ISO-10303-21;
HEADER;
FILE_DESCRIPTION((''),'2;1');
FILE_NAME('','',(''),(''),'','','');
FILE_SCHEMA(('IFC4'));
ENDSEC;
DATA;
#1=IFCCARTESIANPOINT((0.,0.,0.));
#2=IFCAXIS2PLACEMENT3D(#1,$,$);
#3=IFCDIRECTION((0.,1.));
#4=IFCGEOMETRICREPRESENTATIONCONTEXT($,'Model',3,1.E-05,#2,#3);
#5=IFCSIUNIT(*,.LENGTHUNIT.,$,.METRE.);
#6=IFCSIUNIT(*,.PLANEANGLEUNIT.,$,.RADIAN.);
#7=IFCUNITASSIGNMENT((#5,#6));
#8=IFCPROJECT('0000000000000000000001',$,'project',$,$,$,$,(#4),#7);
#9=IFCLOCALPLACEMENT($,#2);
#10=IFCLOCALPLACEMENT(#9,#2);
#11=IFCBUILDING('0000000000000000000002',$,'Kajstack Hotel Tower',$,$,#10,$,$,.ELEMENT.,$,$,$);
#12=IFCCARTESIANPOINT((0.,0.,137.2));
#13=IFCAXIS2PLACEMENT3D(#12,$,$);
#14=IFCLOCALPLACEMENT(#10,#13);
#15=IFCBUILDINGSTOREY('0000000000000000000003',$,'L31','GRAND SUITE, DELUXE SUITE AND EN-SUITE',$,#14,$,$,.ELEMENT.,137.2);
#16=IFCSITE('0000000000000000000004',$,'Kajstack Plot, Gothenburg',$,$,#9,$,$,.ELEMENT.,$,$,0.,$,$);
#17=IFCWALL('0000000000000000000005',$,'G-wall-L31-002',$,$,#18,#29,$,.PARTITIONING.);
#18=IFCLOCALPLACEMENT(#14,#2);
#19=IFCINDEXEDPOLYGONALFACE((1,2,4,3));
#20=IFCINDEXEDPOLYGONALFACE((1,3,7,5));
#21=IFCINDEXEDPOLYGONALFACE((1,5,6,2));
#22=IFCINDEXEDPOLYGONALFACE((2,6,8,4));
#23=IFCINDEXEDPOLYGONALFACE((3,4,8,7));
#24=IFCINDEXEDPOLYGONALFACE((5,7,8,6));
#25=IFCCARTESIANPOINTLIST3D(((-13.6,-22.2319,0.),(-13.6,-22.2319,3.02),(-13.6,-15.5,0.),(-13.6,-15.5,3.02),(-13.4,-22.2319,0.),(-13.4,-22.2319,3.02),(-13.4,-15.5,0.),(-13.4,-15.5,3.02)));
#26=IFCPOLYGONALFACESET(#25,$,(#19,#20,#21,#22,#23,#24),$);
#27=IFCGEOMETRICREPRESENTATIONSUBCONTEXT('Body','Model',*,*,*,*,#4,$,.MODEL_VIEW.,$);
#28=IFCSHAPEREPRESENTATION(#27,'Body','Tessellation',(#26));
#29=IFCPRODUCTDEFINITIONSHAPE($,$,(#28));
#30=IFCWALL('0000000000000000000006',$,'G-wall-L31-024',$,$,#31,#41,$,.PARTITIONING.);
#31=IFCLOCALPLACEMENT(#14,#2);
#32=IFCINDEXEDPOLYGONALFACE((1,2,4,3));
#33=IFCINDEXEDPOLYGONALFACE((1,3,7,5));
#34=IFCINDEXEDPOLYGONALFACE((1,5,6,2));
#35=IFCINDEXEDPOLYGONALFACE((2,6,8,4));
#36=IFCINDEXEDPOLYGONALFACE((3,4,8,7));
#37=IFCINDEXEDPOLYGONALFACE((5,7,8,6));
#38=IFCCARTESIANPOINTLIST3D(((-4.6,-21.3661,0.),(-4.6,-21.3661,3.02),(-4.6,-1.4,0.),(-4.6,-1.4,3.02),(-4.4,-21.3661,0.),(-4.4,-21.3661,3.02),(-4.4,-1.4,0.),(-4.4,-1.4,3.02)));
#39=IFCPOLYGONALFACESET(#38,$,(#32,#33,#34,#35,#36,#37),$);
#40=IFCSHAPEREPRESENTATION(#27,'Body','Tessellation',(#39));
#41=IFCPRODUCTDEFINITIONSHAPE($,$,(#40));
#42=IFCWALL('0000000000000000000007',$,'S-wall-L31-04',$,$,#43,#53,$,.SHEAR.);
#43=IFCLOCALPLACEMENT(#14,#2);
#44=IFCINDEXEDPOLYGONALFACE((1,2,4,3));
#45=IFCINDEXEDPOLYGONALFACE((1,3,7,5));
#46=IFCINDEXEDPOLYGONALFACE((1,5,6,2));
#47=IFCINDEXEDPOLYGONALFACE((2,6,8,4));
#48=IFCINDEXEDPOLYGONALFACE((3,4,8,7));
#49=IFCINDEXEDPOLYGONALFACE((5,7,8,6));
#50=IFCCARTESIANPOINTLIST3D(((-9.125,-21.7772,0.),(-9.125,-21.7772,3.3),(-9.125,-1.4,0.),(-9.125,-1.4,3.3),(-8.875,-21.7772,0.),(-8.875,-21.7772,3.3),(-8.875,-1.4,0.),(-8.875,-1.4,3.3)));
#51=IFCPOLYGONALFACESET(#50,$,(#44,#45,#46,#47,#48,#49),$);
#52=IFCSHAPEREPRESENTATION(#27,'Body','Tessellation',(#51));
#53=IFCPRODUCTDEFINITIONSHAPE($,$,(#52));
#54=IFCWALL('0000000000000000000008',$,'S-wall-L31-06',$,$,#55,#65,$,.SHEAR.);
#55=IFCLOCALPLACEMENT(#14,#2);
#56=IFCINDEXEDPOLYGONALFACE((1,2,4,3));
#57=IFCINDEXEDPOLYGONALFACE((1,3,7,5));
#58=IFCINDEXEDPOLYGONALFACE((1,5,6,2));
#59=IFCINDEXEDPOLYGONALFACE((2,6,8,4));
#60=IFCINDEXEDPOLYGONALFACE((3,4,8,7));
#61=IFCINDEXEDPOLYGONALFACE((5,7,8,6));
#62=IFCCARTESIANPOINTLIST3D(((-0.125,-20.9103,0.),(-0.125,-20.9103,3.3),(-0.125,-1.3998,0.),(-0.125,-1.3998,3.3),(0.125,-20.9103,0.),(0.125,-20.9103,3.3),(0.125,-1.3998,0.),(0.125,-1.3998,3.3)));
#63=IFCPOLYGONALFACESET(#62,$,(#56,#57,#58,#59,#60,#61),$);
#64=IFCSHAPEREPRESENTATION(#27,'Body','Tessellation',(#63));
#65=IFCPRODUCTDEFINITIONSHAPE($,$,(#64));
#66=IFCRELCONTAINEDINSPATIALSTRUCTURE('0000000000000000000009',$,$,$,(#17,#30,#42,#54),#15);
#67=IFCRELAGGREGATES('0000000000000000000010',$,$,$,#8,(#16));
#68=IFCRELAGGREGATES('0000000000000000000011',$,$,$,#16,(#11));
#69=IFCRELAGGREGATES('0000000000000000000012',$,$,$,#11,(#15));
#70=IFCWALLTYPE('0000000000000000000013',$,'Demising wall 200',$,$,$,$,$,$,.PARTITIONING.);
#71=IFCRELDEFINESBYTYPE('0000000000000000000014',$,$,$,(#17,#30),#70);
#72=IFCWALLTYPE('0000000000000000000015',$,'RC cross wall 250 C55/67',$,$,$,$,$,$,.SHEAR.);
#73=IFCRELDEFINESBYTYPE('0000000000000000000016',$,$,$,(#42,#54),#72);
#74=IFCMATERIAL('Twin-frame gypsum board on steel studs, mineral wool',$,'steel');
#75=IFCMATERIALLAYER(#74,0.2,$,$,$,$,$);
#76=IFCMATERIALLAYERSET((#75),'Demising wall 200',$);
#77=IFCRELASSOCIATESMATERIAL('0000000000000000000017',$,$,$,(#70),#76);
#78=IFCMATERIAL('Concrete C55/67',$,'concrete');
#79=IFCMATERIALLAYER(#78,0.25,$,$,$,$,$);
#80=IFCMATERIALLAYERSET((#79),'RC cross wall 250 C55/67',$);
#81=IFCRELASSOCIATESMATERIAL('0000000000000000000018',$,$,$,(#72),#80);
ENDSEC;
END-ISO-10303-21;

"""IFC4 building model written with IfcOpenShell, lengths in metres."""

from ifc_helpers import new_model, si_unit, direction, frame, frame_2d, origin, place, context, subcontext, project, spatial, rectangle, extrude, material, layer, layer_set, type_object, element, save


model = new_model("IFC4")

# Units and contexts
model_context = context("Model", 3, precision=1e-05, world=origin(), true_north=direction((0.0, 1.0)))
body_context = subcontext(model_context, "Body", "Model", "MODEL_VIEW")
ifc_project = project(units=[si_unit("LENGTHUNIT", "METRE"), si_unit("PLANEANGLEUNIT", "RADIAN")], contexts=[model_context])

# Site, building, storey
site_placement = place(None, origin())
site = spatial("IfcSite", under=ifc_project, at=site_placement, Name="Kajstack Plot, Gothenburg", CompositionType="ELEMENT", RefElevation=0.0)
building_placement = place(site_placement, origin())
building = spatial("IfcBuilding", under=site, at=building_placement, Name="Kajstack Hotel Tower", CompositionType="ELEMENT")
storey_placement = place(building_placement, frame((0.0, 0.0, 137.2)))
storey = spatial("IfcBuildingStorey", under=building, at=storey_placement, Name="L31", Description="GRAND SUITE, DELUXE SUITE AND EN-SUITE", CompositionType="ELEMENT", Elevation=137.2)

# Walls
ifc_material_1 = material(Name="Twin-frame gypsum board on steel studs, mineral wool", Category="steel")
ifc_layer_1 = layer(ifc_material_1, 0.2)
ifc_layer_set_1 = layer_set([ifc_layer_1], Name="Demising wall 200")
wall_type_1 = type_object("IfcWallType", Name="Demising wall 200", PredefinedType="PARTITIONING", material=ifc_layer_set_1)
wall_1_placement = place(storey_placement, frame((-13.5, -22.2319, 0.0), z_axis=(0.0, 0.0, 1.0), x_axis=(0.0, 1.0, 0.0)))
element("IfcWall", 1, at=wall_1_placement, inside=storey, type_object=wall_type_1, Name="G-wall-L31-002", PredefinedType="PARTITIONING", context=body_context, shape_type="SweptSolid", body=[
    extrude(rectangle(XDim=6.7319, YDim=0.2, at=frame_2d((3.366, 0.0))), origin(), (0.0, 0.0, 1.0), 3.02),
])
wall_2_placement = place(storey_placement, frame((-4.5, -21.366, 0.0), z_axis=(0.0, 0.0, 1.0), x_axis=(0.0, 1.0, 0.0)))
element("IfcWall", 2, at=wall_2_placement, inside=storey, type_object=wall_type_1, Name="G-wall-L31-024", PredefinedType="PARTITIONING", context=body_context, shape_type="SweptSolid", body=[
    extrude(rectangle(XDim=19.9661, YDim=0.2, at=frame_2d((9.9829, 0.0))), origin(), (0.0, 0.0, 1.0), 3.02),
])

# Walls
ifc_material_2 = material(Name="Concrete C55/67", Category="concrete")
ifc_layer_2 = layer(ifc_material_2, 0.25)
ifc_layer_set_2 = layer_set([ifc_layer_2], Name="RC cross wall 250 C55/67")
wall_type_2 = type_object("IfcWallType", Name="RC cross wall 250 C55/67", PredefinedType="SHEAR", material=ifc_layer_set_2)
wall_3_placement = place(storey_placement, frame((-9.0, -21.7771, 0.0), z_axis=(0.0, 0.0, 1.0), x_axis=(0.0, 1.0, 0.0)))
element("IfcWall", 3, at=wall_3_placement, inside=storey, type_object=wall_type_2, Name="S-wall-L31-04", PredefinedType="SHEAR", context=body_context, shape_type="SweptSolid", body=[
    extrude(rectangle(XDim=20.3772, YDim=0.25, at=frame_2d((10.1885, 0.0))), origin(), (0.0, 0.0, 1.0), 3.3),
])
wall_4_placement = place(storey_placement, frame((0.0, -20.9104, 0.0), z_axis=(0.0, 0.0, 1.0), x_axis=(0.0, 1.0, 0.0)))
element("IfcWall", 4, at=wall_4_placement, inside=storey, type_object=wall_type_2, Name="S-wall-L31-06", PredefinedType="SHEAR", context=body_context, shape_type="SweptSolid", body=[
    extrude(rectangle(XDim=19.5105, YDim=0.25, at=frame_2d((9.7554, 0.0))), origin(), (0.0, 0.0, 1.0), 3.3),
])

save(model, "model.ifc")
